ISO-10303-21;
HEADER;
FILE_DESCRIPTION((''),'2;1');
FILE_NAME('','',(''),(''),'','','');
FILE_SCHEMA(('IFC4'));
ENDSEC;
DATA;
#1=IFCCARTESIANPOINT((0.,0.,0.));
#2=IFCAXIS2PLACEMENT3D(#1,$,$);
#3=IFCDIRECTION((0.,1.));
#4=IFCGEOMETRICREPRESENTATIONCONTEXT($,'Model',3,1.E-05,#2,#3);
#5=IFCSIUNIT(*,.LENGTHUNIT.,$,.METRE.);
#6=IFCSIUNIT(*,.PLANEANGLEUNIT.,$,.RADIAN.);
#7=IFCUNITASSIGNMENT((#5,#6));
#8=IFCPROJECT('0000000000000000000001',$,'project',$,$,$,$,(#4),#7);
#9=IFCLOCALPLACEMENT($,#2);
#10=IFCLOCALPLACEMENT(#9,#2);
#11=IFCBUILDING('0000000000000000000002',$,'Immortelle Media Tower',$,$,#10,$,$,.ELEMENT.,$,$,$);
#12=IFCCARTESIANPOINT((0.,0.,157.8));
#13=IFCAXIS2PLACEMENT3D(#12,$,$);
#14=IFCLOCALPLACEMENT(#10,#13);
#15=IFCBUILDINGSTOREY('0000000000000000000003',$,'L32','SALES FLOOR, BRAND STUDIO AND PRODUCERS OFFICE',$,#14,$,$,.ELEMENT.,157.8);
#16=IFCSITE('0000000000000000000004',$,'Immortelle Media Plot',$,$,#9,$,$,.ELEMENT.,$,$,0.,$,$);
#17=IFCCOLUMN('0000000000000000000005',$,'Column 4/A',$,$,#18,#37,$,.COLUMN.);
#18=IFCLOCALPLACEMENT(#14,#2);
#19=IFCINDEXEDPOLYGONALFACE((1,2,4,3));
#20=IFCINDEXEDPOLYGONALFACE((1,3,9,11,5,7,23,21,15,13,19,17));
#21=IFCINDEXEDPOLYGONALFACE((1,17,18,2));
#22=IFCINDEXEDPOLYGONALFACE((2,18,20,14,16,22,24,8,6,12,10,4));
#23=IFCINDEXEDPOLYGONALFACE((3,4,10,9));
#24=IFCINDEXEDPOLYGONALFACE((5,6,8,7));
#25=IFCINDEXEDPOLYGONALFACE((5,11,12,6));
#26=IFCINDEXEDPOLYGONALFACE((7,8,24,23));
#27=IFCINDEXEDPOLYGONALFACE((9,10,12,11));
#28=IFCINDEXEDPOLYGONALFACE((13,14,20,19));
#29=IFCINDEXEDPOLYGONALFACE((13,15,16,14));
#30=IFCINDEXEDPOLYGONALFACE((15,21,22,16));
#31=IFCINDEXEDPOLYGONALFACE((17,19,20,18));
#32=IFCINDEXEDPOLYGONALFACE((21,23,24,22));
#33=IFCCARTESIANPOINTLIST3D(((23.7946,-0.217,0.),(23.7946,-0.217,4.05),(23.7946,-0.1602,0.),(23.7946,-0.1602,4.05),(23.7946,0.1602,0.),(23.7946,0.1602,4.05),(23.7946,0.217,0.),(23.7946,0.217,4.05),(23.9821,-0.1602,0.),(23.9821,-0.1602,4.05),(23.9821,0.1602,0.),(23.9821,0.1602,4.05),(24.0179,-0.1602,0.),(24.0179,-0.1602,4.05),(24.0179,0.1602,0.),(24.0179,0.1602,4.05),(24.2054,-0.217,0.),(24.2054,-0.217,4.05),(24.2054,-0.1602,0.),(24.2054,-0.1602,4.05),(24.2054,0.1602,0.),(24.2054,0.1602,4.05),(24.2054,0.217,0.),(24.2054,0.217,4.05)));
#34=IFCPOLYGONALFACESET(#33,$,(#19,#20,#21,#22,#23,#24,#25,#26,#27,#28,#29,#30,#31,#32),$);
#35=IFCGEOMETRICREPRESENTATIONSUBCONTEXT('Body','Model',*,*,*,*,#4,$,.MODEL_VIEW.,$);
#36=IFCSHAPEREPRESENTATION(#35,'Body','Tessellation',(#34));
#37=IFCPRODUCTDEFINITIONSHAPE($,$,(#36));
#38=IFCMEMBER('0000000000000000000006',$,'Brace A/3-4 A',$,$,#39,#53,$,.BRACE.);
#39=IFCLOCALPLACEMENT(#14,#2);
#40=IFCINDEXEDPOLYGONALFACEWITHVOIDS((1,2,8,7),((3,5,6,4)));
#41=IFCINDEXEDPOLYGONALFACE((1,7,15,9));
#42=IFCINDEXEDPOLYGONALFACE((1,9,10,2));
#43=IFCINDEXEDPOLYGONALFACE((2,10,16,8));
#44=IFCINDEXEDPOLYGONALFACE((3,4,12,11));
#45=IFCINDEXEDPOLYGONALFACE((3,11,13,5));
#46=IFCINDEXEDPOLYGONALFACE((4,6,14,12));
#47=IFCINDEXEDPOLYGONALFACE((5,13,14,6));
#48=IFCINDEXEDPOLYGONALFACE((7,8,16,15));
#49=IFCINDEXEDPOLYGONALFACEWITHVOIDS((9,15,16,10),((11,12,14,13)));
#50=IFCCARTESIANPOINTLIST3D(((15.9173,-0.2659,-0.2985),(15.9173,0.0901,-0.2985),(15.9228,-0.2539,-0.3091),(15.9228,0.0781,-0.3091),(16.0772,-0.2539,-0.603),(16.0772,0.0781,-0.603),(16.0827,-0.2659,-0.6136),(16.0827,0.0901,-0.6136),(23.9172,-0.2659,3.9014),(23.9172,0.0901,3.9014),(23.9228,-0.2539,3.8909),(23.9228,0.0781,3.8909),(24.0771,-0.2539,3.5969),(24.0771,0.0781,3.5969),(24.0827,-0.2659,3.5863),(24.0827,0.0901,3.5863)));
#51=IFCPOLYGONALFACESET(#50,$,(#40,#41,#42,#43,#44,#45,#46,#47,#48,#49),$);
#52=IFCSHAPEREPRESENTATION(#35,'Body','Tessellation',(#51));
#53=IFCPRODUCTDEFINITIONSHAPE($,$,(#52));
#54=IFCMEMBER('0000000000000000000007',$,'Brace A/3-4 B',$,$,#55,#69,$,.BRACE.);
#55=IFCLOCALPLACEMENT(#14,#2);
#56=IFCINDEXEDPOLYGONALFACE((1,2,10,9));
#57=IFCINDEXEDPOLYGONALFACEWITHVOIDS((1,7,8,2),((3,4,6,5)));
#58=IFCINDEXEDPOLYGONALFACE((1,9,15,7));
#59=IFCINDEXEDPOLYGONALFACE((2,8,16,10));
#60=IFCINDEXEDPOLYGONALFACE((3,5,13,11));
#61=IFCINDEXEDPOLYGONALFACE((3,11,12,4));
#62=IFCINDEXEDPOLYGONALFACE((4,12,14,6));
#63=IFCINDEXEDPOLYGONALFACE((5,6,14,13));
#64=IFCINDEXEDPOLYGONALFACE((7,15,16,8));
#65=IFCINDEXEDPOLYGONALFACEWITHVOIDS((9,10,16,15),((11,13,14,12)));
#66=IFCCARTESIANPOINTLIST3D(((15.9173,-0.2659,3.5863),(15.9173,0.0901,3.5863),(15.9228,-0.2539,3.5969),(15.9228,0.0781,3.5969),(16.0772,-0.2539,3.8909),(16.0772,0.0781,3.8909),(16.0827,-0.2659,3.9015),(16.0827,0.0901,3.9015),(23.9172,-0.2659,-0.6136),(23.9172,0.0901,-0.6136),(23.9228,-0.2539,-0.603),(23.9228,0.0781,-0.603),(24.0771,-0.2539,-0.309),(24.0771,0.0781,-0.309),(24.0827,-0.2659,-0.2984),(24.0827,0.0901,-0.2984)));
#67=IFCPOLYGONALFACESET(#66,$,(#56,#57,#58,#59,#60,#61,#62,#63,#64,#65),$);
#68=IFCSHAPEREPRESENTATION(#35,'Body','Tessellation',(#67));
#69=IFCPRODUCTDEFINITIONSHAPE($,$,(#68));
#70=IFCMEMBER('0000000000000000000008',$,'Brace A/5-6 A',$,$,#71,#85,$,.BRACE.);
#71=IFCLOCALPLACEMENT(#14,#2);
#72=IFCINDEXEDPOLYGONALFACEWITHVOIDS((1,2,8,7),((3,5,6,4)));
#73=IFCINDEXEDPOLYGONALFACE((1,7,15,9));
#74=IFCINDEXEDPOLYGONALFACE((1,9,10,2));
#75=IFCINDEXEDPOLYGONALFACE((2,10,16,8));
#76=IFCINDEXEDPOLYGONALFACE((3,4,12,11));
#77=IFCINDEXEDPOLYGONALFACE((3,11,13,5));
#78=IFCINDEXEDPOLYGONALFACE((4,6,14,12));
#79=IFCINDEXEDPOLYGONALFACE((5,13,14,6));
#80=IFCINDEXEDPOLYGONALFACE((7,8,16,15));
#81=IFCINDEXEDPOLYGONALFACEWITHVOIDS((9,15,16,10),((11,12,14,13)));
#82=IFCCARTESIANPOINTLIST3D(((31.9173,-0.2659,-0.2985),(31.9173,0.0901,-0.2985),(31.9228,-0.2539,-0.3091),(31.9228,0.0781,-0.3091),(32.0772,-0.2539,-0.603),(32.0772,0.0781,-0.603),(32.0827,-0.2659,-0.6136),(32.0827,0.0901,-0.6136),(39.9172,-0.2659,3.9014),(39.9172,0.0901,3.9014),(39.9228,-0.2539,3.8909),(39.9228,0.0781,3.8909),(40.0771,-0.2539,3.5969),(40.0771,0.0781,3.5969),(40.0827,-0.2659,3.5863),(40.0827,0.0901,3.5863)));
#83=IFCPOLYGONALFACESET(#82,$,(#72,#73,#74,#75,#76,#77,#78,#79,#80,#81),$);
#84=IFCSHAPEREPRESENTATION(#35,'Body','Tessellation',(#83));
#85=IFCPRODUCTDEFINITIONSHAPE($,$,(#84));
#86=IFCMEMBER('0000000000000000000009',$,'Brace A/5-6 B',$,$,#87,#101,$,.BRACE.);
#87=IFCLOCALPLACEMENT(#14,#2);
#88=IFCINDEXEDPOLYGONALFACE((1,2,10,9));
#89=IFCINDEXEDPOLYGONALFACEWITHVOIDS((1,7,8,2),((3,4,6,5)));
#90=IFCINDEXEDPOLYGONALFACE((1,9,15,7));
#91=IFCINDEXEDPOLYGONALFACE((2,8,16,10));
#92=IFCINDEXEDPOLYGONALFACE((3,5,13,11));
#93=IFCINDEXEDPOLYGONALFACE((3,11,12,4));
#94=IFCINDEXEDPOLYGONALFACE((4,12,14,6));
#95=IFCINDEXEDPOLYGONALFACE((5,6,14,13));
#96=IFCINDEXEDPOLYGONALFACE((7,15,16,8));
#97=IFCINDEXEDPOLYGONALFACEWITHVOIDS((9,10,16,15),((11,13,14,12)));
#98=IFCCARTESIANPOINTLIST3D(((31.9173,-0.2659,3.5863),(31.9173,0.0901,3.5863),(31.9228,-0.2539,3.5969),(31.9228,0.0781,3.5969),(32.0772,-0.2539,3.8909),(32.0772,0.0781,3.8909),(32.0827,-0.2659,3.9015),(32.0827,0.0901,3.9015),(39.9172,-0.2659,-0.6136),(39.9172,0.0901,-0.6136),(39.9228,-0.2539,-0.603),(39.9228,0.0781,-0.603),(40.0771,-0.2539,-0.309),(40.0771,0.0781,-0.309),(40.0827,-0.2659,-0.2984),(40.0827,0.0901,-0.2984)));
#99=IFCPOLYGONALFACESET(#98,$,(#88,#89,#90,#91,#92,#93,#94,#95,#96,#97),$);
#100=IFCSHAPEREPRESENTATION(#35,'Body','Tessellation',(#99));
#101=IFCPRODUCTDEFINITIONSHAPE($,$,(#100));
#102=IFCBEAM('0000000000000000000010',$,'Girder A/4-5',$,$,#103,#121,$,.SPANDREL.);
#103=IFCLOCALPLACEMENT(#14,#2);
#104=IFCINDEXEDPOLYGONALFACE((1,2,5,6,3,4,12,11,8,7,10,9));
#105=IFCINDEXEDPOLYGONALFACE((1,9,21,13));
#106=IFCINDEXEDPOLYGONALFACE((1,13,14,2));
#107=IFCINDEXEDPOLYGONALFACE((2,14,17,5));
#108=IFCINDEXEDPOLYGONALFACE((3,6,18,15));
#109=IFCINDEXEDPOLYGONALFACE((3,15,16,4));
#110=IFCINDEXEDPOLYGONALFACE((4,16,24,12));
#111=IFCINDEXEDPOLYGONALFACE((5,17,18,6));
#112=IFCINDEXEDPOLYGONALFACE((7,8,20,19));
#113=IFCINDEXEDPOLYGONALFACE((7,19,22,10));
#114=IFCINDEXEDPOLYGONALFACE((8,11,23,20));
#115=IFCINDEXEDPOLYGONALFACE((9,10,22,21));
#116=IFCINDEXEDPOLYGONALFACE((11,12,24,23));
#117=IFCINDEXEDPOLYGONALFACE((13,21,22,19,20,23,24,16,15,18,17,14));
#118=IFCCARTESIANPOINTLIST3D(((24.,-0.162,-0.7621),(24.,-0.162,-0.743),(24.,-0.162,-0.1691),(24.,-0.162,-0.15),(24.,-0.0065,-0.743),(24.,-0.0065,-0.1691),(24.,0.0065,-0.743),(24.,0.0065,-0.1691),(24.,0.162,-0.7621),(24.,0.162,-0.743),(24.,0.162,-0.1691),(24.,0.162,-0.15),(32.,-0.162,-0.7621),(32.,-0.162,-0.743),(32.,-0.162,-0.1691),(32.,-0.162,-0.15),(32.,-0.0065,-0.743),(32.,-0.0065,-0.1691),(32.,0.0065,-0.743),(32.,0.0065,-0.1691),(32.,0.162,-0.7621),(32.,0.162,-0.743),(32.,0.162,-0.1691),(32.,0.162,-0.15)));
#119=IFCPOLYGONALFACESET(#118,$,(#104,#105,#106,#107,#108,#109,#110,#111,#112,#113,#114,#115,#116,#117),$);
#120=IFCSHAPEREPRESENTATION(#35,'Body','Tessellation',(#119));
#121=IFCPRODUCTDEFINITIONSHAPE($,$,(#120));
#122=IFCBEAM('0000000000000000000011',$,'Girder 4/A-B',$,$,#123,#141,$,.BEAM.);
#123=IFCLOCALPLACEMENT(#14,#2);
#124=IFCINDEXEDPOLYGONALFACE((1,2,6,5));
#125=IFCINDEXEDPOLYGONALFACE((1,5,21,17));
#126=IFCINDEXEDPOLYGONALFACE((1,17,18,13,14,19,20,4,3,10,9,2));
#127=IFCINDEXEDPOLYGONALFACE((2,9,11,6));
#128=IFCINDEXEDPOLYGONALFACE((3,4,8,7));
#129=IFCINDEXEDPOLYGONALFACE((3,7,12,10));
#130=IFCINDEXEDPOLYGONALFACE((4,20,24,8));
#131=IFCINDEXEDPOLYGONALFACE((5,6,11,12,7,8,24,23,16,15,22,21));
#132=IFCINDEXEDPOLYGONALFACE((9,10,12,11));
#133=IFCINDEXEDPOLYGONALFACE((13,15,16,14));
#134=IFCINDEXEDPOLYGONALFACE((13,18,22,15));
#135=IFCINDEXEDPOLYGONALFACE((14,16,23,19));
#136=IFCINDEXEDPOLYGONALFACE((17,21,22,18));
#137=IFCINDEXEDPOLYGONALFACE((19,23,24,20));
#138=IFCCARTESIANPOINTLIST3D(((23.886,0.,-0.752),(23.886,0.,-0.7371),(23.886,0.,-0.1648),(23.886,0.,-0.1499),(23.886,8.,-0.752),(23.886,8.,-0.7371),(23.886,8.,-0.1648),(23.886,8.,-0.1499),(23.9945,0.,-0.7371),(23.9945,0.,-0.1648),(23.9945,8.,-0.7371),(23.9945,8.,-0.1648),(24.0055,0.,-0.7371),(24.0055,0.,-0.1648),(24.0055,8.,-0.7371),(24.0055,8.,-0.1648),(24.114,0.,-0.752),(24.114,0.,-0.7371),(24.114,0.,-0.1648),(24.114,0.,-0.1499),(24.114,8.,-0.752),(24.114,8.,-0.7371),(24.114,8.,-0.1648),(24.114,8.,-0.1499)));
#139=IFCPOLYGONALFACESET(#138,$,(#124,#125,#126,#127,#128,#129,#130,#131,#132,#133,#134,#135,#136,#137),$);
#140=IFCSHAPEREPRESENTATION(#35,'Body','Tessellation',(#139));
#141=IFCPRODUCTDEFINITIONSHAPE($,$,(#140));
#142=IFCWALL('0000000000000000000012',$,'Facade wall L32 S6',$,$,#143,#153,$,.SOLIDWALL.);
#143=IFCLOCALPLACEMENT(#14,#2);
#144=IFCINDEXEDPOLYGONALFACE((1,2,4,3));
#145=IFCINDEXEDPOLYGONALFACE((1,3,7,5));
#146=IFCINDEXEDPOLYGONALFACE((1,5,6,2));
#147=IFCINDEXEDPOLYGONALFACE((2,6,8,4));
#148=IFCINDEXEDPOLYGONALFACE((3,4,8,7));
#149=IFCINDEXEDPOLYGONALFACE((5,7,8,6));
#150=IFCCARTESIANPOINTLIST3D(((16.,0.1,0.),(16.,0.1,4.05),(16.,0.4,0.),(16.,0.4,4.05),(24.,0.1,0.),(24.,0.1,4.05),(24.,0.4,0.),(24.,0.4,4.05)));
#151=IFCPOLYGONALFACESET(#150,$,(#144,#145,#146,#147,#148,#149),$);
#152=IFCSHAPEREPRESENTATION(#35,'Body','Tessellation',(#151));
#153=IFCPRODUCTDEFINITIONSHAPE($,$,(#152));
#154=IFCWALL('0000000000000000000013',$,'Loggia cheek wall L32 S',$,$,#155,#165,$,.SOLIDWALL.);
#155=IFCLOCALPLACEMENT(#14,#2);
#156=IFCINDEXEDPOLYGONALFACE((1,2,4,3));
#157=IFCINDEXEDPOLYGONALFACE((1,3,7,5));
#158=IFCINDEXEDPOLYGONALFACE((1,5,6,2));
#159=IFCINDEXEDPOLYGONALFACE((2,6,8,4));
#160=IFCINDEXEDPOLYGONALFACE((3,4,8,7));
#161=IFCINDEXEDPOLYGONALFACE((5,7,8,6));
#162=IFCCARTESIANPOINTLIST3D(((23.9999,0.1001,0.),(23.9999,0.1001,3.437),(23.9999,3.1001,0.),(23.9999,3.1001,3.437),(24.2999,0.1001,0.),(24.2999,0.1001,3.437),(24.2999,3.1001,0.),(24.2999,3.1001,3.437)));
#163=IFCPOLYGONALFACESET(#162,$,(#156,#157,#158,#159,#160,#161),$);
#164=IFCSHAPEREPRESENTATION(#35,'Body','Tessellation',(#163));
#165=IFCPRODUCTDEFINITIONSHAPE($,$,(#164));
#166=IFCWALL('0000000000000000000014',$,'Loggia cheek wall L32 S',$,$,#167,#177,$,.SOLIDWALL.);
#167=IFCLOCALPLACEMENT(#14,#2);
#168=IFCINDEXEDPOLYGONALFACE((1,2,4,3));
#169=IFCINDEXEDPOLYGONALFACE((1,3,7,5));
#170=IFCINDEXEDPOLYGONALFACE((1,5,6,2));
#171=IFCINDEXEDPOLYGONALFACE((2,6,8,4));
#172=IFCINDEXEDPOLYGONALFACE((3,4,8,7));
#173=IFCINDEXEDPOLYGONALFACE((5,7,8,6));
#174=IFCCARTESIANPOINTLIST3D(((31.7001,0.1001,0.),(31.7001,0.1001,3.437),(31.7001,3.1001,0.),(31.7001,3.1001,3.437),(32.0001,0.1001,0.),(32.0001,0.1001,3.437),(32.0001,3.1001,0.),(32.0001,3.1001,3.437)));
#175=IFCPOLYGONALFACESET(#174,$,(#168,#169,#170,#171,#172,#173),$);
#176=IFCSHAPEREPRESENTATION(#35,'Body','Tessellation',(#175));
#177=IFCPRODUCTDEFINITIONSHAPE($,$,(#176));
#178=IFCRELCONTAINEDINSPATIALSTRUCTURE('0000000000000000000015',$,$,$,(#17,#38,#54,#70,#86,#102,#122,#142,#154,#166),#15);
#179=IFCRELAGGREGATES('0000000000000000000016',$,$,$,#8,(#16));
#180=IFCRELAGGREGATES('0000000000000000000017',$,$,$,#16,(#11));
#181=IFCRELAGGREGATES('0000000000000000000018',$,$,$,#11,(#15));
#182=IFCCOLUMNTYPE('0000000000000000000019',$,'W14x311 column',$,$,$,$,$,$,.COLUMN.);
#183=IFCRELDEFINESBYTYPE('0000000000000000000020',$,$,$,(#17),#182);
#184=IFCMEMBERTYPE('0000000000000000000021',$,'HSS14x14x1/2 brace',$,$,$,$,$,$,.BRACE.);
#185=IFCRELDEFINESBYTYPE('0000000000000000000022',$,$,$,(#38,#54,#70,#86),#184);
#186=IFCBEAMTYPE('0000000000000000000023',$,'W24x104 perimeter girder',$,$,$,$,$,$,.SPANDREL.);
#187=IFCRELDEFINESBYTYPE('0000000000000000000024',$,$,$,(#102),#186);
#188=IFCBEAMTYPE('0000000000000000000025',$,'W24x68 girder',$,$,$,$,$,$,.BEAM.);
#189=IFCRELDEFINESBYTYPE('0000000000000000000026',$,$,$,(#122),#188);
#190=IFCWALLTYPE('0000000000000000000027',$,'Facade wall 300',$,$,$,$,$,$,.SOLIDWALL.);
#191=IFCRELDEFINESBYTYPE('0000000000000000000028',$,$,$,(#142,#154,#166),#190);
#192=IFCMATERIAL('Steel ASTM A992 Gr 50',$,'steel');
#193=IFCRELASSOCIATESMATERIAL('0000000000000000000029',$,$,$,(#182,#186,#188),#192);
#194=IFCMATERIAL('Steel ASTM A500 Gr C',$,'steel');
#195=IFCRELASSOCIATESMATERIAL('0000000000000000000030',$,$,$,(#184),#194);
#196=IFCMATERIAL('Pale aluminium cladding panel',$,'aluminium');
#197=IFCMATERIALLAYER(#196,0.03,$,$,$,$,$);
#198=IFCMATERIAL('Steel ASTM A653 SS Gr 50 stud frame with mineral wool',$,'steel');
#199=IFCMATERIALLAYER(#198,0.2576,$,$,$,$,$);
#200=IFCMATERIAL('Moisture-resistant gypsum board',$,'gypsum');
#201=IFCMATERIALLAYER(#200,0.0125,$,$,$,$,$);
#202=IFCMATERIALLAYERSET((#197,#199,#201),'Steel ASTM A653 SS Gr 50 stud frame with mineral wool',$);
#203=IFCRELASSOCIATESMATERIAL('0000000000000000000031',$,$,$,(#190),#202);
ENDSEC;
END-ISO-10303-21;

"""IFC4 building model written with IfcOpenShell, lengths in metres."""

from ifc_helpers import new_model, si_unit, direction, frame, frame_2d, origin, origin_2d, place, context, subcontext, project, spatial, rectangle, hollow_rectangle, i_section, extrude, material, layer, layer_set, material_profile, profile_set, type_object, element, save


model = new_model("IFC4")

# Units and contexts
model_context = context("Model", 3, precision=1e-05, world=origin(), true_north=direction((0.0, 1.0)))
body_context = subcontext(model_context, "Body", "Model", "MODEL_VIEW")
ifc_project = project(units=[si_unit("LENGTHUNIT", "METRE"), si_unit("PLANEANGLEUNIT", "RADIAN")], contexts=[model_context])

# Site, building, storey
site_placement = place(None, origin())
site = spatial("IfcSite", under=ifc_project, at=site_placement, Name="Immortelle Media Plot", CompositionType="ELEMENT", RefElevation=0.0)
building_placement = place(site_placement, origin())
building = spatial("IfcBuilding", under=site, at=building_placement, Name="Immortelle Media Tower", CompositionType="ELEMENT")
storey_placement = place(building_placement, frame((0.0, 0.0, 157.8)))
storey = spatial("IfcBuildingStorey", under=building, at=storey_placement, Name="L32", Description="SALES FLOOR, BRAND STUDIO AND PRODUCERS OFFICE", CompositionType="ELEMENT", Elevation=157.8)

# Column
ifc_material_1 = material(Name="Steel ASTM A992 Gr 50", Category="steel")
ifc_material_profile_1 = material_profile(ifc_material_1, i_section(OverallWidth=0.4109, OverallDepth=0.4341, WebThickness=0.0359, FlangeThickness=0.0569, at=origin_2d()), Name="W14x311")
ifc_profile_set_1 = profile_set([ifc_material_profile_1], Name="Steel ASTM A992 Gr 50")
column_type = type_object("IfcColumnType", Name="W14x311 column", PredefinedType="COLUMN", material=ifc_profile_set_1)
column_placement = place(storey_placement, frame((24.0, 0.0, 0.0), z_axis=(0.0, 0.0, 1.0), x_axis=(1.0, 0.0, 0.0)))
element("IfcColumn", 1, at=column_placement, inside=storey, type_object=column_type, Name="Column 4/A", PredefinedType="COLUMN", context=body_context, shape_type="SweptSolid", body=[
    extrude(i_section(OverallWidth=0.4109, OverallDepth=0.4341, WebThickness=0.0359, FlangeThickness=0.0569, at=origin_2d()), origin(), (0.0, 0.0, 1.0), 4.05),
])

# Members
ifc_material_2 = material(Name="Steel ASTM A500 Gr C", Category="steel")
ifc_material_profile_2 = material_profile(ifc_material_2, hollow_rectangle(XDim=0.356, YDim=0.356, WallThickness=0.012, at=origin_2d()), Name="HSS14x14x1/2 brace")
ifc_profile_set_2 = profile_set([ifc_material_profile_2], Name="Steel ASTM A500 Gr C")
member_type = type_object("IfcMemberType", Name="HSS14x14x1/2 brace", PredefinedType="BRACE", material=ifc_profile_set_2)
for number, where, z_axis, x_axis, name in (
    (2, (16.0, -0.0879, -0.4561), (0.8854, 0.0, 0.46483), (0.0, 1.0, 0.0), "Brace A/3-4 A"),
    (3, (16.0, -0.0879, 3.7439), (0.8854, 0.0, -0.46483), (0.0, 1.0, 0.0), "Brace A/3-4 B"),
    (4, (32.0, -0.0879, -0.4561), (0.8854, 0.0, 0.46483), (0.0, 1.0, 0.0), "Brace A/5-6 A"),
    (5, (32.0, -0.0879, 3.7439), (0.8854, 0.0, -0.46483), (0.0, 1.0, 0.0), "Brace A/5-6 B"),
):
    element("IfcMember", number, at=place(storey_placement, frame(where, z_axis=z_axis, x_axis=x_axis)), inside=storey, type_object=member_type, Name=name, PredefinedType="BRACE", context=body_context, shape_type="SweptSolid", body=[
        extrude(hollow_rectangle(XDim=0.356, YDim=0.356, WallThickness=0.012, at=origin_2d()), origin(), (0.0, 0.0, 1.0), 9.0354),
    ])

# Beams
ifc_material_profile_3 = material_profile(ifc_material_1, i_section(OverallWidth=0.324, OverallDepth=0.6121, WebThickness=0.0129, FlangeThickness=0.019, at=origin_2d()), Name="W24x104")
ifc_profile_set_3 = profile_set([ifc_material_profile_3], Name="Steel ASTM A992 Gr 50")
beam_type_1 = type_object("IfcBeamType", Name="W24x104 perimeter girder", PredefinedType="SPANDREL", material=ifc_profile_set_3)
beam_1_placement = place(storey_placement, frame((24.0, 0.0, -0.4561), z_axis=(1.0, 0.0, 0.0), x_axis=(0.0, 1.0, 0.0)))
element("IfcBeam", 6, at=beam_1_placement, inside=storey, type_object=beam_type_1, Name="Girder A/4-5", PredefinedType="SPANDREL", context=body_context, shape_type="SweptSolid", body=[
    extrude(i_section(OverallWidth=0.324, OverallDepth=0.6121, WebThickness=0.0129, FlangeThickness=0.019, at=origin_2d()), origin(), (0.0, 0.0, 1.0), 8.0),
])
ifc_material_profile_4 = material_profile(ifc_material_1, i_section(OverallWidth=0.228, OverallDepth=0.6021, WebThickness=0.011, FlangeThickness=0.0149, at=origin_2d()), Name="W24x68")
ifc_profile_set_4 = profile_set([ifc_material_profile_4], Name="Steel ASTM A992 Gr 50")
beam_type_2 = type_object("IfcBeamType", Name="W24x68 girder", PredefinedType="BEAM", material=ifc_profile_set_4)
beam_2_placement = place(storey_placement, frame((24.0, 0.0, -0.4509), z_axis=(0.0, 1.0, 0.0), x_axis=(-1.0, 0.0, 0.0)))
element("IfcBeam", 7, at=beam_2_placement, inside=storey, type_object=beam_type_2, Name="Girder 4/A-B", PredefinedType="BEAM", context=body_context, shape_type="SweptSolid", body=[
    extrude(i_section(OverallWidth=0.228, OverallDepth=0.6021, WebThickness=0.011, FlangeThickness=0.0149, at=origin_2d()), origin(), (0.0, 0.0, 1.0), 8.0),
])

# Wall
ifc_material_3 = material(Name="Pale aluminium cladding panel", Category="aluminium")
ifc_layer_1 = layer(ifc_material_3, 0.03)
ifc_material_4 = material(Name="Steel ASTM A653 SS Gr 50 stud frame with mineral wool", Category="steel")
ifc_layer_2 = layer(ifc_material_4, 0.2576)
ifc_material_5 = material(Name="Moisture-resistant gypsum board", Category="gypsum")
ifc_layer_3 = layer(ifc_material_5, 0.0125)
ifc_layer_set_1 = layer_set([ifc_layer_1, ifc_layer_2, ifc_layer_3], Name="Steel ASTM A653 SS Gr 50 stud frame with mineral wool")
wall_type_1 = type_object("IfcWallType", Name="Facade wall 300", PredefinedType="SOLIDWALL", material=ifc_layer_set_1)
wall_1_placement = place(storey_placement, frame((16.0, 0.25, 0.0), z_axis=(0.0, 0.0, 1.0), x_axis=(1.0, 0.0, 0.0)))
element("IfcWall", 8, at=wall_1_placement, inside=storey, type_object=wall_type_1, Name="Facade wall L32 S6", PredefinedType="SOLIDWALL", context=body_context, shape_type="SweptSolid", body=[
    extrude(rectangle(XDim=8.0, YDim=0.3, at=frame_2d((4.0, 0.0))), origin(), (0.0, 0.0, 1.0), 4.05),
])

# Walls
for number, where, z_axis, x_axis, name in (
    (9, (24.1499, 0.1001, 0.0), (0.0, 0.0, 1.0), (0.0, 1.0, 0.0), "Loggia cheek wall L32 S"),
    (10, (31.8501, 0.1001, 0.0), (0.0, 0.0, 1.0), (0.0, 1.0, 0.0), "Loggia cheek wall L32 S"),
):
    element("IfcWall", number, at=place(storey_placement, frame(where, z_axis=z_axis, x_axis=x_axis)), inside=storey, type_object=wall_type_1, Name=name, PredefinedType="SOLIDWALL", context=body_context, shape_type="SweptSolid", body=[
        extrude(rectangle(XDim=3.0, YDim=0.3, at=frame_2d((1.5, 0.0))), origin(), (0.0, 0.0, 1.0), 3.437),
    ])

save(model, "model.ifc")
